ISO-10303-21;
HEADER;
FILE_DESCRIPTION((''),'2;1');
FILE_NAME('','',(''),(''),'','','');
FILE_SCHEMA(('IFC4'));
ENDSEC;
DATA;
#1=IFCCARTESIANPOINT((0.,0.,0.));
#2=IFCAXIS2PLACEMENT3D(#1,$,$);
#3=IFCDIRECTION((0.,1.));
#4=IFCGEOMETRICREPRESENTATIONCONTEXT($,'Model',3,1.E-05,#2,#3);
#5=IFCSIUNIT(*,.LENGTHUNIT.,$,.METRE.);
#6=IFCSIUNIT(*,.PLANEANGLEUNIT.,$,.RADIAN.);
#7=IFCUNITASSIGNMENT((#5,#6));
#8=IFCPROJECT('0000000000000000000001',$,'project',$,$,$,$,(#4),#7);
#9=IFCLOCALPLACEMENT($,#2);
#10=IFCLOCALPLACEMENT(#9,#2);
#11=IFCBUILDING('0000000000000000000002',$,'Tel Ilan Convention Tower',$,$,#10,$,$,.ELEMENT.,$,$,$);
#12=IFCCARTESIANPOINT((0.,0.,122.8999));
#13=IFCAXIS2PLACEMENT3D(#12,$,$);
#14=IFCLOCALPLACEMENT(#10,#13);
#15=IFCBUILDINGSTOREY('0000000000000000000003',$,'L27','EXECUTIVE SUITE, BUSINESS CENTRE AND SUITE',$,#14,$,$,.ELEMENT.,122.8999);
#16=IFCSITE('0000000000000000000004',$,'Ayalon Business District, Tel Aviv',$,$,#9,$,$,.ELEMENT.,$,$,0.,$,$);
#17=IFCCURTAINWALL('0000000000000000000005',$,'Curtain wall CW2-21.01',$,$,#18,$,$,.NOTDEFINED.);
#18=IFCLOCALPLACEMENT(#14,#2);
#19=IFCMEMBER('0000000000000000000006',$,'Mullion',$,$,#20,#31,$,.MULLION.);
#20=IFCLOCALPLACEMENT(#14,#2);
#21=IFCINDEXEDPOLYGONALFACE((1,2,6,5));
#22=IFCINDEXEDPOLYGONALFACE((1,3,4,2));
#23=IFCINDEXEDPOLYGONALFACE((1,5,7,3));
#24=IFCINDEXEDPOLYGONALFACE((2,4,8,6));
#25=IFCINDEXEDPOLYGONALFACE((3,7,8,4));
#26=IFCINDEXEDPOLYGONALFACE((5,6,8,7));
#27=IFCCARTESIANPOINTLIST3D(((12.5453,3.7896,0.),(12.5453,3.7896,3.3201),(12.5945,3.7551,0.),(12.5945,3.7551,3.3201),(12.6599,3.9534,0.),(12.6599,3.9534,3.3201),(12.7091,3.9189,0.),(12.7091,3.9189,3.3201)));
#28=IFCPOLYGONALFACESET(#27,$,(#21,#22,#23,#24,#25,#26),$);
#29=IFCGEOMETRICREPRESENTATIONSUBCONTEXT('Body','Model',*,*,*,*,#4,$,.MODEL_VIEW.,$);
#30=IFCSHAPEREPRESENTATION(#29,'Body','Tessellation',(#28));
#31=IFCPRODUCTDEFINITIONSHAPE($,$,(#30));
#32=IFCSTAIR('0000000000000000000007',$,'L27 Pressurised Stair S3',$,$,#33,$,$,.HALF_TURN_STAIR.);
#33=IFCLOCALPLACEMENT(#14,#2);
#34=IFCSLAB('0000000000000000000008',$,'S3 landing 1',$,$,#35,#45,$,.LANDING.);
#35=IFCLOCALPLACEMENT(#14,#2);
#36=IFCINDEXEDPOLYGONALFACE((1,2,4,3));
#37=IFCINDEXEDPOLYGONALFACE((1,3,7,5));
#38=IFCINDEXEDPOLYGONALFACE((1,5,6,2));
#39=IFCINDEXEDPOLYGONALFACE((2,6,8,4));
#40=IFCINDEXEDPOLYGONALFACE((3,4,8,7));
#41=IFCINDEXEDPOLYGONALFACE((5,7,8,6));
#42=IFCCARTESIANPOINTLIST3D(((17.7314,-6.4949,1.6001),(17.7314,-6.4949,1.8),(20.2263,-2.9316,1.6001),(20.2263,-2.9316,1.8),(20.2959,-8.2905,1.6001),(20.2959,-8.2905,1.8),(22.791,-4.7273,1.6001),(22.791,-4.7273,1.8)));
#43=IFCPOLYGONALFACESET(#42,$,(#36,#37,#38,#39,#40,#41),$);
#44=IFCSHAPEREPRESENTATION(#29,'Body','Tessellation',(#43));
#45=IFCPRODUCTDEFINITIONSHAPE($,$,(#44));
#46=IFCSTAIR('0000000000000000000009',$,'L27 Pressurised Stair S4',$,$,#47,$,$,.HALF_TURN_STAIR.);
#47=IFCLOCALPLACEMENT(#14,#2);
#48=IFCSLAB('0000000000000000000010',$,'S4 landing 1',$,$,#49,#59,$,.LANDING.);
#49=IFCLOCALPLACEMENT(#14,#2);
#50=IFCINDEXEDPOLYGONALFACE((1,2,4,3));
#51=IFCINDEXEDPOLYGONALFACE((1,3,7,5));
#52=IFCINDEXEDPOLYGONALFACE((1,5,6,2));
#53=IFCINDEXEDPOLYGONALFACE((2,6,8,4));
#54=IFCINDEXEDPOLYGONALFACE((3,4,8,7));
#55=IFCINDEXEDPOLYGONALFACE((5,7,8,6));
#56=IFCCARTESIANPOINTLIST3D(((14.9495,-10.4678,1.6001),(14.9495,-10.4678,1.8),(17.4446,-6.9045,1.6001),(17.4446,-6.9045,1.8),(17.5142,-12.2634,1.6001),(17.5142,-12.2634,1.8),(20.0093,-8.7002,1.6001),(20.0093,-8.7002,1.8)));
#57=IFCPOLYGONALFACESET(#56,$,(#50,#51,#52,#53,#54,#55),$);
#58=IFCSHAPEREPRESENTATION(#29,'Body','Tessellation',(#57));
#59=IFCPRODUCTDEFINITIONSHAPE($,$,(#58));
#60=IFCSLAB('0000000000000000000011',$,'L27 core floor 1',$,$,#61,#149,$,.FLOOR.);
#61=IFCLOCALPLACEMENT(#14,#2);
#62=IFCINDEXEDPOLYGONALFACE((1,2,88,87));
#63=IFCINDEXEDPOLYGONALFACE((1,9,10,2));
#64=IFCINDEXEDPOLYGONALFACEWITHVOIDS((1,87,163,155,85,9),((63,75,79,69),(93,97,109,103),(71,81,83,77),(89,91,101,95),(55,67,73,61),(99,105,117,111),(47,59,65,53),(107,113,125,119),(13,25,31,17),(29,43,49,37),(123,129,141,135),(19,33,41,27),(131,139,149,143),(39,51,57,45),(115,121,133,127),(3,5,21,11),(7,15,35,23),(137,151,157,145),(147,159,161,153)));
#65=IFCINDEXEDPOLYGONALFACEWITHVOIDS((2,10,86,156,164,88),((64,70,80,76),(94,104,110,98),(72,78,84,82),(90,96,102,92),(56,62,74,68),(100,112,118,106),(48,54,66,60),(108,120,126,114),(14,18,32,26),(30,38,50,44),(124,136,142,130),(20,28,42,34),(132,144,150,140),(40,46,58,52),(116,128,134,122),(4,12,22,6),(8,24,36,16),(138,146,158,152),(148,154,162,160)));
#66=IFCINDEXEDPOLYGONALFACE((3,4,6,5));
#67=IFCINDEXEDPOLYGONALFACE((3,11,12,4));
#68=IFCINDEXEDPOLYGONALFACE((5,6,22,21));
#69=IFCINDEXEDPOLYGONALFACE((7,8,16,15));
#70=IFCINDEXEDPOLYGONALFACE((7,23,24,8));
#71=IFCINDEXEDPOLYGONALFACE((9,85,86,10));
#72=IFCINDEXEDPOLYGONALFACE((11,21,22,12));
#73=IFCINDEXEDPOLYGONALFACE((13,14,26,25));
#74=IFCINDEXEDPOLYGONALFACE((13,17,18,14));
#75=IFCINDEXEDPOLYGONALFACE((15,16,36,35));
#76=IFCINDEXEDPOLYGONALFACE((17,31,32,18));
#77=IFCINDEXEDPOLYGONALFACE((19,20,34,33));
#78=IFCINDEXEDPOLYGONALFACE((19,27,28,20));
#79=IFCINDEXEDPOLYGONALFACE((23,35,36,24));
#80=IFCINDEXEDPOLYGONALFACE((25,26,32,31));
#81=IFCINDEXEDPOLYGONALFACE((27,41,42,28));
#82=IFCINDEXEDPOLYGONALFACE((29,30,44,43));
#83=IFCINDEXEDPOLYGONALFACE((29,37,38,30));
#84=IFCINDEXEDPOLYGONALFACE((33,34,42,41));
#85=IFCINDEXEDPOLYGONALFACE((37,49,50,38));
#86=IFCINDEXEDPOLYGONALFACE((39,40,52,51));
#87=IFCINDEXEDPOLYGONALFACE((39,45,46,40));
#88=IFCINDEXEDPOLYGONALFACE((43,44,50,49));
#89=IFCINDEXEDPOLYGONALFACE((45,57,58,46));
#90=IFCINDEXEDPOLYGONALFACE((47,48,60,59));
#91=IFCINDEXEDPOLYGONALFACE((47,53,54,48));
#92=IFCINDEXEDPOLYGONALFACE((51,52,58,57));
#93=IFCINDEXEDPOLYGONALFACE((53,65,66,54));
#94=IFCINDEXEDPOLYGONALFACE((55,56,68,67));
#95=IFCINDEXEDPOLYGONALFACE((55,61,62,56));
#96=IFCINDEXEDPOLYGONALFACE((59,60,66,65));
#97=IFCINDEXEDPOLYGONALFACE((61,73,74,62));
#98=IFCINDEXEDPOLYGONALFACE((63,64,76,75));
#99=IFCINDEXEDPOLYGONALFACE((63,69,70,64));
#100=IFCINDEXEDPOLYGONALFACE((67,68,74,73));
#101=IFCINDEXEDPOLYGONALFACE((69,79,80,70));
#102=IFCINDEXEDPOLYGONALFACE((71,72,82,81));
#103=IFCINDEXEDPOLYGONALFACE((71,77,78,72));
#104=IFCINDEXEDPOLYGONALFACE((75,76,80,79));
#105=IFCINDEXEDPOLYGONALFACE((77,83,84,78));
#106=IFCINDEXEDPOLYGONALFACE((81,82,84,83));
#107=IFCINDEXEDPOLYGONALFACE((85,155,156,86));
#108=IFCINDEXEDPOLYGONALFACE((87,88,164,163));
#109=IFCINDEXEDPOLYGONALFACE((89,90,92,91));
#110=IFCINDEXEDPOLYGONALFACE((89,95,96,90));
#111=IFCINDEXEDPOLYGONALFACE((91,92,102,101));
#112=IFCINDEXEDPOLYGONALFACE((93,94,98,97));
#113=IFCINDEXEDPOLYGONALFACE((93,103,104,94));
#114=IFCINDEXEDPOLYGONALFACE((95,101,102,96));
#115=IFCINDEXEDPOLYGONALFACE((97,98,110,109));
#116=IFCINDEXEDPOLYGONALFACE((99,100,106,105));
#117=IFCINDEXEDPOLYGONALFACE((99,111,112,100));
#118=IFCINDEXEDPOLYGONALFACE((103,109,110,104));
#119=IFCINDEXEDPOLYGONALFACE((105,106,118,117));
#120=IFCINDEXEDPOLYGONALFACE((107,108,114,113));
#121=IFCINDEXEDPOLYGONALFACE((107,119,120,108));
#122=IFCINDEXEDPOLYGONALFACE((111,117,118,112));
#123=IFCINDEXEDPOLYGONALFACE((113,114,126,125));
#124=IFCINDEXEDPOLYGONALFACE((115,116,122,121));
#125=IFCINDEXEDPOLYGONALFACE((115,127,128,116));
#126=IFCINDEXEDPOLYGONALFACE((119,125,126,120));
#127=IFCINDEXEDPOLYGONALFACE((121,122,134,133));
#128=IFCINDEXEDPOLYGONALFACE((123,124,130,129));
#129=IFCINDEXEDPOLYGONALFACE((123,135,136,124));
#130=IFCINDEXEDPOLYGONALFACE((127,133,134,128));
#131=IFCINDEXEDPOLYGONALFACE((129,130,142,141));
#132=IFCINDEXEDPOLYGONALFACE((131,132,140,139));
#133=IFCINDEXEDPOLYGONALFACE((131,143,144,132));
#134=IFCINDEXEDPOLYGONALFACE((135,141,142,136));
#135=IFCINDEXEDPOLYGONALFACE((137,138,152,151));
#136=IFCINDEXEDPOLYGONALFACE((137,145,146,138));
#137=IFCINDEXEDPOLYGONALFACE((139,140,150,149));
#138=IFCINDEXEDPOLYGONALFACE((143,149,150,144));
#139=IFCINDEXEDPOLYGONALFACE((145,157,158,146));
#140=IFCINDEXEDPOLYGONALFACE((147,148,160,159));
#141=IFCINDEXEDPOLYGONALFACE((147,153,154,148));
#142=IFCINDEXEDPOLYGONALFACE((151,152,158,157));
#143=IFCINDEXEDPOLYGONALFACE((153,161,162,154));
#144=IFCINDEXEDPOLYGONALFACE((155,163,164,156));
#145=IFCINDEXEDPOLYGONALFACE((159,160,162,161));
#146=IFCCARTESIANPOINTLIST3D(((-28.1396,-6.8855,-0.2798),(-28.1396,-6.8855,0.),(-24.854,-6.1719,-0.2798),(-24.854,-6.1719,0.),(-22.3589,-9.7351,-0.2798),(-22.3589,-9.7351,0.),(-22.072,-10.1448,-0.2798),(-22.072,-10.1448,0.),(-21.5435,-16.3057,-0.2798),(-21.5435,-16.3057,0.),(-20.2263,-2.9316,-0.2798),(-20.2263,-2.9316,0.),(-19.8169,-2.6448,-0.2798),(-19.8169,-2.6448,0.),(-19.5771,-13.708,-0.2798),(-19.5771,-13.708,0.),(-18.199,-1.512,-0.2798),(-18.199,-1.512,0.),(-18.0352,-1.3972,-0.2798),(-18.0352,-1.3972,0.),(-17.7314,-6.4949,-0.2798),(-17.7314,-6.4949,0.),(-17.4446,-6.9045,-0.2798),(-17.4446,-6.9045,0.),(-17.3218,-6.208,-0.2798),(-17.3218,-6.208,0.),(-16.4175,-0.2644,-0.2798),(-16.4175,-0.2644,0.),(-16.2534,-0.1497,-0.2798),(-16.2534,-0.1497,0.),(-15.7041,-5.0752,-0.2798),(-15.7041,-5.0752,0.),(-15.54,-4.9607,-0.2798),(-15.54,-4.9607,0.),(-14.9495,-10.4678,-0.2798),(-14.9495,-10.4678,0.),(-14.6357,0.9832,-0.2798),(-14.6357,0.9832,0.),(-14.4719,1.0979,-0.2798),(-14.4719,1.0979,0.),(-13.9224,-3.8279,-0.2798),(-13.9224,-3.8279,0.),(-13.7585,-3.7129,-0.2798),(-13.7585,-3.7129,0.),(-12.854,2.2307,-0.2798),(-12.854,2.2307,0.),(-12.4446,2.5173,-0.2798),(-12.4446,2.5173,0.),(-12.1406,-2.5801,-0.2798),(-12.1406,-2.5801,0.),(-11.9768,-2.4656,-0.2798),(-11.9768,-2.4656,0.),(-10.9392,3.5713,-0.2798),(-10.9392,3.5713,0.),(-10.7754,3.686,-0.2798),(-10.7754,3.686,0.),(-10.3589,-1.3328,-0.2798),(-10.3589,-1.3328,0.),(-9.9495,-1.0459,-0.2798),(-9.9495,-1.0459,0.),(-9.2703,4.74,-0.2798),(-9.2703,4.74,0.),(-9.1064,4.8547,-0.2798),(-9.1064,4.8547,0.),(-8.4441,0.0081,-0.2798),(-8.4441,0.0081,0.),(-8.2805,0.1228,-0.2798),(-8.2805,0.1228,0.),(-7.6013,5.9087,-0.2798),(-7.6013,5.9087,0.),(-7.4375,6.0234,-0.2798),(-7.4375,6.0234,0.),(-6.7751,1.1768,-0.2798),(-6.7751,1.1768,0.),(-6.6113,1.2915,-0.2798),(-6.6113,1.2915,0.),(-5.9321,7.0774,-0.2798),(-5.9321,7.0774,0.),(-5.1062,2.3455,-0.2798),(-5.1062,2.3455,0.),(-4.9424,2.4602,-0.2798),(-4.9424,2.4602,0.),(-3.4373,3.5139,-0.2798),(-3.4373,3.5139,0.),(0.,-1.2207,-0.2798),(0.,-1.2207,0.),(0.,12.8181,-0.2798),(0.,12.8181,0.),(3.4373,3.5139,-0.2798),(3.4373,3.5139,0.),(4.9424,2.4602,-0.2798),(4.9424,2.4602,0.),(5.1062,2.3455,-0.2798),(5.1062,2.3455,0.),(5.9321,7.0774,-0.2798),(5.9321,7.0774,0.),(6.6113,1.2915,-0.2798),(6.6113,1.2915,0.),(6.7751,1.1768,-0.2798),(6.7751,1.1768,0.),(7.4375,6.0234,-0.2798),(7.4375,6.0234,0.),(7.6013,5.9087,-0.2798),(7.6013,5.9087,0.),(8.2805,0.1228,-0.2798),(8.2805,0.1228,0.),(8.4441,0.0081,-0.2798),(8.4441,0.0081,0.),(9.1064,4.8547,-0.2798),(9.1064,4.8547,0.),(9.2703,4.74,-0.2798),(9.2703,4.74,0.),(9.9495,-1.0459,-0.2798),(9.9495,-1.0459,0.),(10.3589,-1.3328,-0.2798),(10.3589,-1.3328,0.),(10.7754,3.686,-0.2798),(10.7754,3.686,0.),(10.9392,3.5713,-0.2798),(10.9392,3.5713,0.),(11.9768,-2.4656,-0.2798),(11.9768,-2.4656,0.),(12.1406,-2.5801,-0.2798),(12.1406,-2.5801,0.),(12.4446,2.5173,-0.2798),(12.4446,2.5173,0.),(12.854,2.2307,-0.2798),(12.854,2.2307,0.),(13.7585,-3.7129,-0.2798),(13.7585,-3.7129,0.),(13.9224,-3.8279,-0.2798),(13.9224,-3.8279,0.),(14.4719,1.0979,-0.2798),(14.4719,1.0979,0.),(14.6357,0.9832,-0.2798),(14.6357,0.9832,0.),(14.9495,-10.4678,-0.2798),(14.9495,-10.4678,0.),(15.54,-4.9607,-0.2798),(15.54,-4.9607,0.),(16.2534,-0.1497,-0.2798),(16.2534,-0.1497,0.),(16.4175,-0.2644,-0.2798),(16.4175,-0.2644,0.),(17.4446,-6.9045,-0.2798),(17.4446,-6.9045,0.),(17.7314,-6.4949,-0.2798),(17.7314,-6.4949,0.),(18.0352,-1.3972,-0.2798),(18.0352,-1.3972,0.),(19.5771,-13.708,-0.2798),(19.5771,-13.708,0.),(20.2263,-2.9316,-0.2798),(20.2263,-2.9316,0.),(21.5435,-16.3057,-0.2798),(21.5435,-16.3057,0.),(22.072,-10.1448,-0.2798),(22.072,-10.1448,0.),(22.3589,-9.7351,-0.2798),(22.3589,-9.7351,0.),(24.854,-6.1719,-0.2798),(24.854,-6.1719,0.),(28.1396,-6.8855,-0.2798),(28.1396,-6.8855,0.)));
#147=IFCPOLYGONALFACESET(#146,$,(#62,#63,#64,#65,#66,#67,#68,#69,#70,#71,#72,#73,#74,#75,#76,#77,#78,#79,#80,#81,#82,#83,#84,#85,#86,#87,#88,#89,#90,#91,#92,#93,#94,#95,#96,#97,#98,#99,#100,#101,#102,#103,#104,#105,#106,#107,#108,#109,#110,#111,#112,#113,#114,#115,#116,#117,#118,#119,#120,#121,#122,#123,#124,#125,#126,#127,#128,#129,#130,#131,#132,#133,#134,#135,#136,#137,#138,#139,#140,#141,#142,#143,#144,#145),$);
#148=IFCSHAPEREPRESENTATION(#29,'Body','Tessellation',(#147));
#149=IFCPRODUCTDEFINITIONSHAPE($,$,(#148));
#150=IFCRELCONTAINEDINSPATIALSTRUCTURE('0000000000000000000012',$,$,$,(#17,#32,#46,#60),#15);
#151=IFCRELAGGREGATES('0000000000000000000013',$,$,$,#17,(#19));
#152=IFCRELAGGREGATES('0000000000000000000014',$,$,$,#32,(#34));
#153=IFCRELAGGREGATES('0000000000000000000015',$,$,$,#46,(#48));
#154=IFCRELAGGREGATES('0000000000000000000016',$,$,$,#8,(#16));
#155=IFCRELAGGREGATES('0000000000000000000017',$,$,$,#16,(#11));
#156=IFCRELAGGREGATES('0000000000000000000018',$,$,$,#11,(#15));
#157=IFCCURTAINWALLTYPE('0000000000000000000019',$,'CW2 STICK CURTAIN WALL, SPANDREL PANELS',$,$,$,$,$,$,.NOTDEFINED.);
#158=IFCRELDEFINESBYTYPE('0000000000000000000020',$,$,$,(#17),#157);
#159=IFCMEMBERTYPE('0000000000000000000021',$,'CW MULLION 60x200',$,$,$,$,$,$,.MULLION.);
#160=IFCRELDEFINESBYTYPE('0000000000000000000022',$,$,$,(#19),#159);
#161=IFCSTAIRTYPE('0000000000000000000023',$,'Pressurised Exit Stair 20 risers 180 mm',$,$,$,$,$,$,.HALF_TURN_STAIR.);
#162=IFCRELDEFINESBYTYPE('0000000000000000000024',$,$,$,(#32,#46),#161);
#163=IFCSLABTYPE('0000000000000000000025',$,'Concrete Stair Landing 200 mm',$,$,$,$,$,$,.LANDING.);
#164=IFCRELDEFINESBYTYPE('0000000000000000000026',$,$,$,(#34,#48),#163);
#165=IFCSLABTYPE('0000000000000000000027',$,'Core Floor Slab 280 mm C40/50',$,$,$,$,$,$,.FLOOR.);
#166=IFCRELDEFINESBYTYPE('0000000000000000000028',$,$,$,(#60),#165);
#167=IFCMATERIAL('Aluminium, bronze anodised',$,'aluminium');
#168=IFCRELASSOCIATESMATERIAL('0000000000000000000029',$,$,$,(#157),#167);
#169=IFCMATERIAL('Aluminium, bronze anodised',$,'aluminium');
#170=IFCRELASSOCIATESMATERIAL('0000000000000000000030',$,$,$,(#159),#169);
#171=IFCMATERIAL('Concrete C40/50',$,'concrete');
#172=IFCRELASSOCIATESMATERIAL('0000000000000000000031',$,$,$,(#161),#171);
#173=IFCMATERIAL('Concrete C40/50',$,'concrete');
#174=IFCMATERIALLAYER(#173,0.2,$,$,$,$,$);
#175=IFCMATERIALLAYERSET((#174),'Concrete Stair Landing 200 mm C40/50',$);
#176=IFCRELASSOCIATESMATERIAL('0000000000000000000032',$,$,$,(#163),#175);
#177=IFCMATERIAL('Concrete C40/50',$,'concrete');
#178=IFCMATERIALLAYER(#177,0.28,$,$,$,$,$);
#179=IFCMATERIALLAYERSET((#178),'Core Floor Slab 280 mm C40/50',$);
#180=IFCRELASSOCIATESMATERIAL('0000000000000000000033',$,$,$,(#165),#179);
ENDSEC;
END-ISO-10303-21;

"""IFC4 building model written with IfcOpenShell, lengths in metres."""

from ifc_helpers import new_model, si_unit, direction, frame, origin, origin_2d, place, context, subcontext, project, spatial, polyline, rectangle, outline, extrude, material, layer, layer_set, material_profile, profile_set, type_object, element, aggregate, save


model = new_model("IFC4")

# Units and contexts
model_context = context("Model", 3, precision=1e-05, world=origin(), true_north=direction((0.0, 1.0)))
body_context = subcontext(model_context, "Body", "Model", "MODEL_VIEW")
ifc_project = project(units=[si_unit("LENGTHUNIT", "METRE"), si_unit("PLANEANGLEUNIT", "RADIAN")], contexts=[model_context])

# Site, building, storey
site_placement = place(None, origin())
site = spatial("IfcSite", under=ifc_project, at=site_placement, Name="Ayalon Business District, Tel Aviv", CompositionType="ELEMENT", RefElevation=0.0)
building_placement = place(site_placement, origin())
building = spatial("IfcBuilding", under=site, at=building_placement, Name="Tel Ilan Convention Tower", CompositionType="ELEMENT")
storey_placement = place(building_placement, frame((0.0, 0.0, 122.8999)))
storey = spatial("IfcBuildingStorey", under=building, at=storey_placement, Name="L27", Description="EXECUTIVE SUITE, BUSINESS CENTRE AND SUITE", CompositionType="ELEMENT", Elevation=122.8999)

# Curtain wall, member
ifc_material_1 = material(Name="Aluminium, bronze anodised", Category="aluminium")
curtain_wall_type = type_object("IfcCurtainWallType", Name="CW2 STICK CURTAIN WALL, SPANDREL PANELS", PredefinedType="NOTDEFINED", material=ifc_material_1)
curtain_wall_placement = place(storey_placement, origin())
curtain_wall = element("IfcCurtainWall", 1, at=curtain_wall_placement, inside=storey, type_object=curtain_wall_type, Name="Curtain wall CW2-21.01", PredefinedType="NOTDEFINED")
ifc_material_2 = material(Name="Aluminium, bronze anodised", Category="aluminium")
ifc_material_profile = material_profile(ifc_material_2, rectangle(XDim=0.0601, YDim=0.2, at=origin_2d()), Name="CW MULLION 60x200")
ifc_profile_set = profile_set([ifc_material_profile], Name="Aluminium, bronze anodised")
member_type = type_object("IfcMemberType", Name="CW MULLION 60x200", PredefinedType="MULLION", material=ifc_profile_set)
member_placement = place(storey_placement, frame((12.6272, 3.8542, 0.0), z_axis=(0.0, 0.0, 1.0), x_axis=(-0.819152, 0.573576, 0.0)))
member = element("IfcMember", 2, at=member_placement, type_object=member_type, Name="Mullion", PredefinedType="MULLION", context=body_context, shape_type="SweptSolid", body=[
    extrude(rectangle(XDim=0.0601, YDim=0.2, at=origin_2d()), origin(), (0.0, 0.0, 1.0), 3.3201),
])
aggregate(curtain_wall, [member])

# Stairs, slabs
ifc_material_3 = material(Name="Concrete C40/50", Category="concrete")
stair_type = type_object("IfcStairType", Name="Pressurised Exit Stair 20 risers 180 mm", PredefinedType="HALF_TURN_STAIR", material=ifc_material_3)
stair_1_placement = place(storey_placement, origin())
stair_1 = element("IfcStair", 3, at=stair_1_placement, inside=storey, type_object=stair_type, Name="L27 Pressurised Stair S3", PredefinedType="HALF_TURN_STAIR")
ifc_material_4 = material(Name="Concrete C40/50", Category="concrete")
ifc_layer_1 = layer(ifc_material_4, 0.2)
ifc_layer_set_1 = layer_set([ifc_layer_1], Name="Concrete Stair Landing 200 mm C40/50")
slab_type_1 = type_object("IfcSlabType", Name="Concrete Stair Landing 200 mm", PredefinedType="LANDING", material=ifc_layer_set_1)
slab_1_placement = place(storey_placement, frame((0.0, 0.0, 1.6001)))
slab_1 = element("IfcSlab", 4, at=slab_1_placement, type_object=slab_type_1, Name="S3 landing 1", PredefinedType="LANDING", context=body_context, shape_type="SweptSolid", body=[
    extrude(outline(polyline([(22.791, -4.7273), (20.2263, -2.9316), (17.7314, -6.4949), (20.2959, -8.2905), (22.791, -4.7273)])), origin(), (0.0, 0.0, 1.0), 0.2),
])
aggregate(stair_1, [slab_1])
stair_2_placement = place(storey_placement, origin())
stair_2 = element("IfcStair", 5, at=stair_2_placement, inside=storey, type_object=stair_type, Name="L27 Pressurised Stair S4", PredefinedType="HALF_TURN_STAIR")
slab_2_placement = place(storey_placement, frame((0.0, 0.0, 1.6001)))
slab_2 = element("IfcSlab", 6, at=slab_2_placement, type_object=slab_type_1, Name="S4 landing 1", PredefinedType="LANDING", context=body_context, shape_type="SweptSolid", body=[
    extrude(outline(polyline([(20.0093, -8.7002), (17.4446, -6.9045), (14.9495, -10.4678), (17.5142, -12.2634), (20.0093, -8.7002)])), origin(), (0.0, 0.0, 1.0), 0.2),
])
aggregate(stair_2, [slab_2])

# Slab
ifc_material_5 = material(Name="Concrete C40/50", Category="concrete")
ifc_layer_2 = layer(ifc_material_5, 0.28)
ifc_layer_set_2 = layer_set([ifc_layer_2], Name="Core Floor Slab 280 mm C40/50")
slab_type_2 = type_object("IfcSlabType", Name="Core Floor Slab 280 mm C40/50", PredefinedType="FLOOR", material=ifc_layer_set_2)
slab_3_placement = place(storey_placement, frame((0.0, 0.0, -0.2798)))
element("IfcSlab", 7, at=slab_3_placement, inside=storey, type_object=slab_type_2, Name="L27 core floor 1", PredefinedType="FLOOR", context=body_context, shape_type="SweptSolid", body=[
    extrude(outline(polyline([(-28.1396, -6.8855), (0.0, 12.8181), (28.1396, -6.8855), (21.5435, -16.3057), (0.0, -1.2207), (-21.5435, -16.3057), (-28.1396, -6.8855)]), holes=[polyline([(-14.9495, -10.4678), (-17.4446, -6.9045), (-22.072, -10.1448), (-19.5771, -13.708), (-14.9495, -10.4678)]), polyline([(-17.7314, -6.4949), (-20.2263, -2.9316), (-24.854, -6.1719), (-22.3589, -9.7351), (-17.7314, -6.4949)]), polyline([(-18.199, -1.512), (-19.8169, -2.6448), (-17.3218, -6.208), (-15.7041, -5.0752), (-18.199, -1.512)]), polyline([(-16.4175, -0.2644), (-18.0352, -1.3972), (-15.54, -4.9607), (-13.9224, -3.8279), (-16.4175, -0.2644)]), polyline([(-14.6357, 0.9832), (-16.2534, -0.1497), (-13.7585, -3.7129), (-12.1406, -2.5801), (-14.6357, 0.9832)]), polyline([(-12.854, 2.2307), (-14.4719, 1.0979), (-11.9768, -2.4656), (-10.3589, -1.3328), (-12.854, 2.2307)]), polyline([(-10.9392, 3.5713), (-12.4446, 2.5173), (-9.9495, -1.0459), (-8.4441, 0.0081), (-10.9392, 3.5713)]), polyline([(-6.7751, 1.1768), (-9.2703, 4.74), (-10.7754, 3.686), (-8.2805, 0.1228), (-6.7751, 1.1768)]), polyline([(-5.1062, 2.3455), (-7.6013, 5.9087), (-9.1064, 4.8547), (-6.6113, 1.2915), (-5.1062, 2.3455)]), polyline([(-5.9321, 7.0774), (-7.4375, 6.0234), (-4.9424, 2.4602), (-3.4373, 3.5139), (-5.9321, 7.0774)]), polyline([(17.4446, -6.9045), (14.9495, -10.4678), (19.5771, -13.708), (22.072, -10.1448), (17.4446, -6.9045)]), polyline([(20.2263, -2.9316), (17.7314, -6.4949), (22.3589, -9.7351), (24.854, -6.1719), (20.2263, -2.9316)]), polyline([(13.9224, -3.8279), (15.54, -4.9607), (18.0352, -1.3972), (16.4175, -0.2644), (13.9224, -3.8279)]), polyline([(12.1406, -2.5801), (13.7585, -3.7129), (16.2534, -0.1497), (14.6357, 0.9832), (12.1406, -2.5801)]), polyline([(11.9768, -2.4656), (14.4719, 1.0979), (12.854, 2.2307), (10.3589, -1.3328), (11.9768, -2.4656)]), polyline([(9.9495, -1.0459), (12.4446, 2.5173), (10.9392, 3.5713), (8.4441, 0.0081), (9.9495, -1.0459)]), polyline([(8.2805, 0.1228), (10.7754, 3.686), (9.2703, 4.74), (6.7751, 1.1768), (8.2805, 0.1228)]), polyline([(5.1062, 2.3455), (6.6113, 1.2915), (9.1064, 4.8547), (7.6013, 5.9087), (5.1062, 2.3455)]), polyline([(3.4373, 3.5139), (4.9424, 2.4602), (7.4375, 6.0234), (5.9321, 7.0774), (3.4373, 3.5139)])]), origin(), (0.0, 0.0, 1.0), 0.2798),
])

save(model, "model.ifc")
